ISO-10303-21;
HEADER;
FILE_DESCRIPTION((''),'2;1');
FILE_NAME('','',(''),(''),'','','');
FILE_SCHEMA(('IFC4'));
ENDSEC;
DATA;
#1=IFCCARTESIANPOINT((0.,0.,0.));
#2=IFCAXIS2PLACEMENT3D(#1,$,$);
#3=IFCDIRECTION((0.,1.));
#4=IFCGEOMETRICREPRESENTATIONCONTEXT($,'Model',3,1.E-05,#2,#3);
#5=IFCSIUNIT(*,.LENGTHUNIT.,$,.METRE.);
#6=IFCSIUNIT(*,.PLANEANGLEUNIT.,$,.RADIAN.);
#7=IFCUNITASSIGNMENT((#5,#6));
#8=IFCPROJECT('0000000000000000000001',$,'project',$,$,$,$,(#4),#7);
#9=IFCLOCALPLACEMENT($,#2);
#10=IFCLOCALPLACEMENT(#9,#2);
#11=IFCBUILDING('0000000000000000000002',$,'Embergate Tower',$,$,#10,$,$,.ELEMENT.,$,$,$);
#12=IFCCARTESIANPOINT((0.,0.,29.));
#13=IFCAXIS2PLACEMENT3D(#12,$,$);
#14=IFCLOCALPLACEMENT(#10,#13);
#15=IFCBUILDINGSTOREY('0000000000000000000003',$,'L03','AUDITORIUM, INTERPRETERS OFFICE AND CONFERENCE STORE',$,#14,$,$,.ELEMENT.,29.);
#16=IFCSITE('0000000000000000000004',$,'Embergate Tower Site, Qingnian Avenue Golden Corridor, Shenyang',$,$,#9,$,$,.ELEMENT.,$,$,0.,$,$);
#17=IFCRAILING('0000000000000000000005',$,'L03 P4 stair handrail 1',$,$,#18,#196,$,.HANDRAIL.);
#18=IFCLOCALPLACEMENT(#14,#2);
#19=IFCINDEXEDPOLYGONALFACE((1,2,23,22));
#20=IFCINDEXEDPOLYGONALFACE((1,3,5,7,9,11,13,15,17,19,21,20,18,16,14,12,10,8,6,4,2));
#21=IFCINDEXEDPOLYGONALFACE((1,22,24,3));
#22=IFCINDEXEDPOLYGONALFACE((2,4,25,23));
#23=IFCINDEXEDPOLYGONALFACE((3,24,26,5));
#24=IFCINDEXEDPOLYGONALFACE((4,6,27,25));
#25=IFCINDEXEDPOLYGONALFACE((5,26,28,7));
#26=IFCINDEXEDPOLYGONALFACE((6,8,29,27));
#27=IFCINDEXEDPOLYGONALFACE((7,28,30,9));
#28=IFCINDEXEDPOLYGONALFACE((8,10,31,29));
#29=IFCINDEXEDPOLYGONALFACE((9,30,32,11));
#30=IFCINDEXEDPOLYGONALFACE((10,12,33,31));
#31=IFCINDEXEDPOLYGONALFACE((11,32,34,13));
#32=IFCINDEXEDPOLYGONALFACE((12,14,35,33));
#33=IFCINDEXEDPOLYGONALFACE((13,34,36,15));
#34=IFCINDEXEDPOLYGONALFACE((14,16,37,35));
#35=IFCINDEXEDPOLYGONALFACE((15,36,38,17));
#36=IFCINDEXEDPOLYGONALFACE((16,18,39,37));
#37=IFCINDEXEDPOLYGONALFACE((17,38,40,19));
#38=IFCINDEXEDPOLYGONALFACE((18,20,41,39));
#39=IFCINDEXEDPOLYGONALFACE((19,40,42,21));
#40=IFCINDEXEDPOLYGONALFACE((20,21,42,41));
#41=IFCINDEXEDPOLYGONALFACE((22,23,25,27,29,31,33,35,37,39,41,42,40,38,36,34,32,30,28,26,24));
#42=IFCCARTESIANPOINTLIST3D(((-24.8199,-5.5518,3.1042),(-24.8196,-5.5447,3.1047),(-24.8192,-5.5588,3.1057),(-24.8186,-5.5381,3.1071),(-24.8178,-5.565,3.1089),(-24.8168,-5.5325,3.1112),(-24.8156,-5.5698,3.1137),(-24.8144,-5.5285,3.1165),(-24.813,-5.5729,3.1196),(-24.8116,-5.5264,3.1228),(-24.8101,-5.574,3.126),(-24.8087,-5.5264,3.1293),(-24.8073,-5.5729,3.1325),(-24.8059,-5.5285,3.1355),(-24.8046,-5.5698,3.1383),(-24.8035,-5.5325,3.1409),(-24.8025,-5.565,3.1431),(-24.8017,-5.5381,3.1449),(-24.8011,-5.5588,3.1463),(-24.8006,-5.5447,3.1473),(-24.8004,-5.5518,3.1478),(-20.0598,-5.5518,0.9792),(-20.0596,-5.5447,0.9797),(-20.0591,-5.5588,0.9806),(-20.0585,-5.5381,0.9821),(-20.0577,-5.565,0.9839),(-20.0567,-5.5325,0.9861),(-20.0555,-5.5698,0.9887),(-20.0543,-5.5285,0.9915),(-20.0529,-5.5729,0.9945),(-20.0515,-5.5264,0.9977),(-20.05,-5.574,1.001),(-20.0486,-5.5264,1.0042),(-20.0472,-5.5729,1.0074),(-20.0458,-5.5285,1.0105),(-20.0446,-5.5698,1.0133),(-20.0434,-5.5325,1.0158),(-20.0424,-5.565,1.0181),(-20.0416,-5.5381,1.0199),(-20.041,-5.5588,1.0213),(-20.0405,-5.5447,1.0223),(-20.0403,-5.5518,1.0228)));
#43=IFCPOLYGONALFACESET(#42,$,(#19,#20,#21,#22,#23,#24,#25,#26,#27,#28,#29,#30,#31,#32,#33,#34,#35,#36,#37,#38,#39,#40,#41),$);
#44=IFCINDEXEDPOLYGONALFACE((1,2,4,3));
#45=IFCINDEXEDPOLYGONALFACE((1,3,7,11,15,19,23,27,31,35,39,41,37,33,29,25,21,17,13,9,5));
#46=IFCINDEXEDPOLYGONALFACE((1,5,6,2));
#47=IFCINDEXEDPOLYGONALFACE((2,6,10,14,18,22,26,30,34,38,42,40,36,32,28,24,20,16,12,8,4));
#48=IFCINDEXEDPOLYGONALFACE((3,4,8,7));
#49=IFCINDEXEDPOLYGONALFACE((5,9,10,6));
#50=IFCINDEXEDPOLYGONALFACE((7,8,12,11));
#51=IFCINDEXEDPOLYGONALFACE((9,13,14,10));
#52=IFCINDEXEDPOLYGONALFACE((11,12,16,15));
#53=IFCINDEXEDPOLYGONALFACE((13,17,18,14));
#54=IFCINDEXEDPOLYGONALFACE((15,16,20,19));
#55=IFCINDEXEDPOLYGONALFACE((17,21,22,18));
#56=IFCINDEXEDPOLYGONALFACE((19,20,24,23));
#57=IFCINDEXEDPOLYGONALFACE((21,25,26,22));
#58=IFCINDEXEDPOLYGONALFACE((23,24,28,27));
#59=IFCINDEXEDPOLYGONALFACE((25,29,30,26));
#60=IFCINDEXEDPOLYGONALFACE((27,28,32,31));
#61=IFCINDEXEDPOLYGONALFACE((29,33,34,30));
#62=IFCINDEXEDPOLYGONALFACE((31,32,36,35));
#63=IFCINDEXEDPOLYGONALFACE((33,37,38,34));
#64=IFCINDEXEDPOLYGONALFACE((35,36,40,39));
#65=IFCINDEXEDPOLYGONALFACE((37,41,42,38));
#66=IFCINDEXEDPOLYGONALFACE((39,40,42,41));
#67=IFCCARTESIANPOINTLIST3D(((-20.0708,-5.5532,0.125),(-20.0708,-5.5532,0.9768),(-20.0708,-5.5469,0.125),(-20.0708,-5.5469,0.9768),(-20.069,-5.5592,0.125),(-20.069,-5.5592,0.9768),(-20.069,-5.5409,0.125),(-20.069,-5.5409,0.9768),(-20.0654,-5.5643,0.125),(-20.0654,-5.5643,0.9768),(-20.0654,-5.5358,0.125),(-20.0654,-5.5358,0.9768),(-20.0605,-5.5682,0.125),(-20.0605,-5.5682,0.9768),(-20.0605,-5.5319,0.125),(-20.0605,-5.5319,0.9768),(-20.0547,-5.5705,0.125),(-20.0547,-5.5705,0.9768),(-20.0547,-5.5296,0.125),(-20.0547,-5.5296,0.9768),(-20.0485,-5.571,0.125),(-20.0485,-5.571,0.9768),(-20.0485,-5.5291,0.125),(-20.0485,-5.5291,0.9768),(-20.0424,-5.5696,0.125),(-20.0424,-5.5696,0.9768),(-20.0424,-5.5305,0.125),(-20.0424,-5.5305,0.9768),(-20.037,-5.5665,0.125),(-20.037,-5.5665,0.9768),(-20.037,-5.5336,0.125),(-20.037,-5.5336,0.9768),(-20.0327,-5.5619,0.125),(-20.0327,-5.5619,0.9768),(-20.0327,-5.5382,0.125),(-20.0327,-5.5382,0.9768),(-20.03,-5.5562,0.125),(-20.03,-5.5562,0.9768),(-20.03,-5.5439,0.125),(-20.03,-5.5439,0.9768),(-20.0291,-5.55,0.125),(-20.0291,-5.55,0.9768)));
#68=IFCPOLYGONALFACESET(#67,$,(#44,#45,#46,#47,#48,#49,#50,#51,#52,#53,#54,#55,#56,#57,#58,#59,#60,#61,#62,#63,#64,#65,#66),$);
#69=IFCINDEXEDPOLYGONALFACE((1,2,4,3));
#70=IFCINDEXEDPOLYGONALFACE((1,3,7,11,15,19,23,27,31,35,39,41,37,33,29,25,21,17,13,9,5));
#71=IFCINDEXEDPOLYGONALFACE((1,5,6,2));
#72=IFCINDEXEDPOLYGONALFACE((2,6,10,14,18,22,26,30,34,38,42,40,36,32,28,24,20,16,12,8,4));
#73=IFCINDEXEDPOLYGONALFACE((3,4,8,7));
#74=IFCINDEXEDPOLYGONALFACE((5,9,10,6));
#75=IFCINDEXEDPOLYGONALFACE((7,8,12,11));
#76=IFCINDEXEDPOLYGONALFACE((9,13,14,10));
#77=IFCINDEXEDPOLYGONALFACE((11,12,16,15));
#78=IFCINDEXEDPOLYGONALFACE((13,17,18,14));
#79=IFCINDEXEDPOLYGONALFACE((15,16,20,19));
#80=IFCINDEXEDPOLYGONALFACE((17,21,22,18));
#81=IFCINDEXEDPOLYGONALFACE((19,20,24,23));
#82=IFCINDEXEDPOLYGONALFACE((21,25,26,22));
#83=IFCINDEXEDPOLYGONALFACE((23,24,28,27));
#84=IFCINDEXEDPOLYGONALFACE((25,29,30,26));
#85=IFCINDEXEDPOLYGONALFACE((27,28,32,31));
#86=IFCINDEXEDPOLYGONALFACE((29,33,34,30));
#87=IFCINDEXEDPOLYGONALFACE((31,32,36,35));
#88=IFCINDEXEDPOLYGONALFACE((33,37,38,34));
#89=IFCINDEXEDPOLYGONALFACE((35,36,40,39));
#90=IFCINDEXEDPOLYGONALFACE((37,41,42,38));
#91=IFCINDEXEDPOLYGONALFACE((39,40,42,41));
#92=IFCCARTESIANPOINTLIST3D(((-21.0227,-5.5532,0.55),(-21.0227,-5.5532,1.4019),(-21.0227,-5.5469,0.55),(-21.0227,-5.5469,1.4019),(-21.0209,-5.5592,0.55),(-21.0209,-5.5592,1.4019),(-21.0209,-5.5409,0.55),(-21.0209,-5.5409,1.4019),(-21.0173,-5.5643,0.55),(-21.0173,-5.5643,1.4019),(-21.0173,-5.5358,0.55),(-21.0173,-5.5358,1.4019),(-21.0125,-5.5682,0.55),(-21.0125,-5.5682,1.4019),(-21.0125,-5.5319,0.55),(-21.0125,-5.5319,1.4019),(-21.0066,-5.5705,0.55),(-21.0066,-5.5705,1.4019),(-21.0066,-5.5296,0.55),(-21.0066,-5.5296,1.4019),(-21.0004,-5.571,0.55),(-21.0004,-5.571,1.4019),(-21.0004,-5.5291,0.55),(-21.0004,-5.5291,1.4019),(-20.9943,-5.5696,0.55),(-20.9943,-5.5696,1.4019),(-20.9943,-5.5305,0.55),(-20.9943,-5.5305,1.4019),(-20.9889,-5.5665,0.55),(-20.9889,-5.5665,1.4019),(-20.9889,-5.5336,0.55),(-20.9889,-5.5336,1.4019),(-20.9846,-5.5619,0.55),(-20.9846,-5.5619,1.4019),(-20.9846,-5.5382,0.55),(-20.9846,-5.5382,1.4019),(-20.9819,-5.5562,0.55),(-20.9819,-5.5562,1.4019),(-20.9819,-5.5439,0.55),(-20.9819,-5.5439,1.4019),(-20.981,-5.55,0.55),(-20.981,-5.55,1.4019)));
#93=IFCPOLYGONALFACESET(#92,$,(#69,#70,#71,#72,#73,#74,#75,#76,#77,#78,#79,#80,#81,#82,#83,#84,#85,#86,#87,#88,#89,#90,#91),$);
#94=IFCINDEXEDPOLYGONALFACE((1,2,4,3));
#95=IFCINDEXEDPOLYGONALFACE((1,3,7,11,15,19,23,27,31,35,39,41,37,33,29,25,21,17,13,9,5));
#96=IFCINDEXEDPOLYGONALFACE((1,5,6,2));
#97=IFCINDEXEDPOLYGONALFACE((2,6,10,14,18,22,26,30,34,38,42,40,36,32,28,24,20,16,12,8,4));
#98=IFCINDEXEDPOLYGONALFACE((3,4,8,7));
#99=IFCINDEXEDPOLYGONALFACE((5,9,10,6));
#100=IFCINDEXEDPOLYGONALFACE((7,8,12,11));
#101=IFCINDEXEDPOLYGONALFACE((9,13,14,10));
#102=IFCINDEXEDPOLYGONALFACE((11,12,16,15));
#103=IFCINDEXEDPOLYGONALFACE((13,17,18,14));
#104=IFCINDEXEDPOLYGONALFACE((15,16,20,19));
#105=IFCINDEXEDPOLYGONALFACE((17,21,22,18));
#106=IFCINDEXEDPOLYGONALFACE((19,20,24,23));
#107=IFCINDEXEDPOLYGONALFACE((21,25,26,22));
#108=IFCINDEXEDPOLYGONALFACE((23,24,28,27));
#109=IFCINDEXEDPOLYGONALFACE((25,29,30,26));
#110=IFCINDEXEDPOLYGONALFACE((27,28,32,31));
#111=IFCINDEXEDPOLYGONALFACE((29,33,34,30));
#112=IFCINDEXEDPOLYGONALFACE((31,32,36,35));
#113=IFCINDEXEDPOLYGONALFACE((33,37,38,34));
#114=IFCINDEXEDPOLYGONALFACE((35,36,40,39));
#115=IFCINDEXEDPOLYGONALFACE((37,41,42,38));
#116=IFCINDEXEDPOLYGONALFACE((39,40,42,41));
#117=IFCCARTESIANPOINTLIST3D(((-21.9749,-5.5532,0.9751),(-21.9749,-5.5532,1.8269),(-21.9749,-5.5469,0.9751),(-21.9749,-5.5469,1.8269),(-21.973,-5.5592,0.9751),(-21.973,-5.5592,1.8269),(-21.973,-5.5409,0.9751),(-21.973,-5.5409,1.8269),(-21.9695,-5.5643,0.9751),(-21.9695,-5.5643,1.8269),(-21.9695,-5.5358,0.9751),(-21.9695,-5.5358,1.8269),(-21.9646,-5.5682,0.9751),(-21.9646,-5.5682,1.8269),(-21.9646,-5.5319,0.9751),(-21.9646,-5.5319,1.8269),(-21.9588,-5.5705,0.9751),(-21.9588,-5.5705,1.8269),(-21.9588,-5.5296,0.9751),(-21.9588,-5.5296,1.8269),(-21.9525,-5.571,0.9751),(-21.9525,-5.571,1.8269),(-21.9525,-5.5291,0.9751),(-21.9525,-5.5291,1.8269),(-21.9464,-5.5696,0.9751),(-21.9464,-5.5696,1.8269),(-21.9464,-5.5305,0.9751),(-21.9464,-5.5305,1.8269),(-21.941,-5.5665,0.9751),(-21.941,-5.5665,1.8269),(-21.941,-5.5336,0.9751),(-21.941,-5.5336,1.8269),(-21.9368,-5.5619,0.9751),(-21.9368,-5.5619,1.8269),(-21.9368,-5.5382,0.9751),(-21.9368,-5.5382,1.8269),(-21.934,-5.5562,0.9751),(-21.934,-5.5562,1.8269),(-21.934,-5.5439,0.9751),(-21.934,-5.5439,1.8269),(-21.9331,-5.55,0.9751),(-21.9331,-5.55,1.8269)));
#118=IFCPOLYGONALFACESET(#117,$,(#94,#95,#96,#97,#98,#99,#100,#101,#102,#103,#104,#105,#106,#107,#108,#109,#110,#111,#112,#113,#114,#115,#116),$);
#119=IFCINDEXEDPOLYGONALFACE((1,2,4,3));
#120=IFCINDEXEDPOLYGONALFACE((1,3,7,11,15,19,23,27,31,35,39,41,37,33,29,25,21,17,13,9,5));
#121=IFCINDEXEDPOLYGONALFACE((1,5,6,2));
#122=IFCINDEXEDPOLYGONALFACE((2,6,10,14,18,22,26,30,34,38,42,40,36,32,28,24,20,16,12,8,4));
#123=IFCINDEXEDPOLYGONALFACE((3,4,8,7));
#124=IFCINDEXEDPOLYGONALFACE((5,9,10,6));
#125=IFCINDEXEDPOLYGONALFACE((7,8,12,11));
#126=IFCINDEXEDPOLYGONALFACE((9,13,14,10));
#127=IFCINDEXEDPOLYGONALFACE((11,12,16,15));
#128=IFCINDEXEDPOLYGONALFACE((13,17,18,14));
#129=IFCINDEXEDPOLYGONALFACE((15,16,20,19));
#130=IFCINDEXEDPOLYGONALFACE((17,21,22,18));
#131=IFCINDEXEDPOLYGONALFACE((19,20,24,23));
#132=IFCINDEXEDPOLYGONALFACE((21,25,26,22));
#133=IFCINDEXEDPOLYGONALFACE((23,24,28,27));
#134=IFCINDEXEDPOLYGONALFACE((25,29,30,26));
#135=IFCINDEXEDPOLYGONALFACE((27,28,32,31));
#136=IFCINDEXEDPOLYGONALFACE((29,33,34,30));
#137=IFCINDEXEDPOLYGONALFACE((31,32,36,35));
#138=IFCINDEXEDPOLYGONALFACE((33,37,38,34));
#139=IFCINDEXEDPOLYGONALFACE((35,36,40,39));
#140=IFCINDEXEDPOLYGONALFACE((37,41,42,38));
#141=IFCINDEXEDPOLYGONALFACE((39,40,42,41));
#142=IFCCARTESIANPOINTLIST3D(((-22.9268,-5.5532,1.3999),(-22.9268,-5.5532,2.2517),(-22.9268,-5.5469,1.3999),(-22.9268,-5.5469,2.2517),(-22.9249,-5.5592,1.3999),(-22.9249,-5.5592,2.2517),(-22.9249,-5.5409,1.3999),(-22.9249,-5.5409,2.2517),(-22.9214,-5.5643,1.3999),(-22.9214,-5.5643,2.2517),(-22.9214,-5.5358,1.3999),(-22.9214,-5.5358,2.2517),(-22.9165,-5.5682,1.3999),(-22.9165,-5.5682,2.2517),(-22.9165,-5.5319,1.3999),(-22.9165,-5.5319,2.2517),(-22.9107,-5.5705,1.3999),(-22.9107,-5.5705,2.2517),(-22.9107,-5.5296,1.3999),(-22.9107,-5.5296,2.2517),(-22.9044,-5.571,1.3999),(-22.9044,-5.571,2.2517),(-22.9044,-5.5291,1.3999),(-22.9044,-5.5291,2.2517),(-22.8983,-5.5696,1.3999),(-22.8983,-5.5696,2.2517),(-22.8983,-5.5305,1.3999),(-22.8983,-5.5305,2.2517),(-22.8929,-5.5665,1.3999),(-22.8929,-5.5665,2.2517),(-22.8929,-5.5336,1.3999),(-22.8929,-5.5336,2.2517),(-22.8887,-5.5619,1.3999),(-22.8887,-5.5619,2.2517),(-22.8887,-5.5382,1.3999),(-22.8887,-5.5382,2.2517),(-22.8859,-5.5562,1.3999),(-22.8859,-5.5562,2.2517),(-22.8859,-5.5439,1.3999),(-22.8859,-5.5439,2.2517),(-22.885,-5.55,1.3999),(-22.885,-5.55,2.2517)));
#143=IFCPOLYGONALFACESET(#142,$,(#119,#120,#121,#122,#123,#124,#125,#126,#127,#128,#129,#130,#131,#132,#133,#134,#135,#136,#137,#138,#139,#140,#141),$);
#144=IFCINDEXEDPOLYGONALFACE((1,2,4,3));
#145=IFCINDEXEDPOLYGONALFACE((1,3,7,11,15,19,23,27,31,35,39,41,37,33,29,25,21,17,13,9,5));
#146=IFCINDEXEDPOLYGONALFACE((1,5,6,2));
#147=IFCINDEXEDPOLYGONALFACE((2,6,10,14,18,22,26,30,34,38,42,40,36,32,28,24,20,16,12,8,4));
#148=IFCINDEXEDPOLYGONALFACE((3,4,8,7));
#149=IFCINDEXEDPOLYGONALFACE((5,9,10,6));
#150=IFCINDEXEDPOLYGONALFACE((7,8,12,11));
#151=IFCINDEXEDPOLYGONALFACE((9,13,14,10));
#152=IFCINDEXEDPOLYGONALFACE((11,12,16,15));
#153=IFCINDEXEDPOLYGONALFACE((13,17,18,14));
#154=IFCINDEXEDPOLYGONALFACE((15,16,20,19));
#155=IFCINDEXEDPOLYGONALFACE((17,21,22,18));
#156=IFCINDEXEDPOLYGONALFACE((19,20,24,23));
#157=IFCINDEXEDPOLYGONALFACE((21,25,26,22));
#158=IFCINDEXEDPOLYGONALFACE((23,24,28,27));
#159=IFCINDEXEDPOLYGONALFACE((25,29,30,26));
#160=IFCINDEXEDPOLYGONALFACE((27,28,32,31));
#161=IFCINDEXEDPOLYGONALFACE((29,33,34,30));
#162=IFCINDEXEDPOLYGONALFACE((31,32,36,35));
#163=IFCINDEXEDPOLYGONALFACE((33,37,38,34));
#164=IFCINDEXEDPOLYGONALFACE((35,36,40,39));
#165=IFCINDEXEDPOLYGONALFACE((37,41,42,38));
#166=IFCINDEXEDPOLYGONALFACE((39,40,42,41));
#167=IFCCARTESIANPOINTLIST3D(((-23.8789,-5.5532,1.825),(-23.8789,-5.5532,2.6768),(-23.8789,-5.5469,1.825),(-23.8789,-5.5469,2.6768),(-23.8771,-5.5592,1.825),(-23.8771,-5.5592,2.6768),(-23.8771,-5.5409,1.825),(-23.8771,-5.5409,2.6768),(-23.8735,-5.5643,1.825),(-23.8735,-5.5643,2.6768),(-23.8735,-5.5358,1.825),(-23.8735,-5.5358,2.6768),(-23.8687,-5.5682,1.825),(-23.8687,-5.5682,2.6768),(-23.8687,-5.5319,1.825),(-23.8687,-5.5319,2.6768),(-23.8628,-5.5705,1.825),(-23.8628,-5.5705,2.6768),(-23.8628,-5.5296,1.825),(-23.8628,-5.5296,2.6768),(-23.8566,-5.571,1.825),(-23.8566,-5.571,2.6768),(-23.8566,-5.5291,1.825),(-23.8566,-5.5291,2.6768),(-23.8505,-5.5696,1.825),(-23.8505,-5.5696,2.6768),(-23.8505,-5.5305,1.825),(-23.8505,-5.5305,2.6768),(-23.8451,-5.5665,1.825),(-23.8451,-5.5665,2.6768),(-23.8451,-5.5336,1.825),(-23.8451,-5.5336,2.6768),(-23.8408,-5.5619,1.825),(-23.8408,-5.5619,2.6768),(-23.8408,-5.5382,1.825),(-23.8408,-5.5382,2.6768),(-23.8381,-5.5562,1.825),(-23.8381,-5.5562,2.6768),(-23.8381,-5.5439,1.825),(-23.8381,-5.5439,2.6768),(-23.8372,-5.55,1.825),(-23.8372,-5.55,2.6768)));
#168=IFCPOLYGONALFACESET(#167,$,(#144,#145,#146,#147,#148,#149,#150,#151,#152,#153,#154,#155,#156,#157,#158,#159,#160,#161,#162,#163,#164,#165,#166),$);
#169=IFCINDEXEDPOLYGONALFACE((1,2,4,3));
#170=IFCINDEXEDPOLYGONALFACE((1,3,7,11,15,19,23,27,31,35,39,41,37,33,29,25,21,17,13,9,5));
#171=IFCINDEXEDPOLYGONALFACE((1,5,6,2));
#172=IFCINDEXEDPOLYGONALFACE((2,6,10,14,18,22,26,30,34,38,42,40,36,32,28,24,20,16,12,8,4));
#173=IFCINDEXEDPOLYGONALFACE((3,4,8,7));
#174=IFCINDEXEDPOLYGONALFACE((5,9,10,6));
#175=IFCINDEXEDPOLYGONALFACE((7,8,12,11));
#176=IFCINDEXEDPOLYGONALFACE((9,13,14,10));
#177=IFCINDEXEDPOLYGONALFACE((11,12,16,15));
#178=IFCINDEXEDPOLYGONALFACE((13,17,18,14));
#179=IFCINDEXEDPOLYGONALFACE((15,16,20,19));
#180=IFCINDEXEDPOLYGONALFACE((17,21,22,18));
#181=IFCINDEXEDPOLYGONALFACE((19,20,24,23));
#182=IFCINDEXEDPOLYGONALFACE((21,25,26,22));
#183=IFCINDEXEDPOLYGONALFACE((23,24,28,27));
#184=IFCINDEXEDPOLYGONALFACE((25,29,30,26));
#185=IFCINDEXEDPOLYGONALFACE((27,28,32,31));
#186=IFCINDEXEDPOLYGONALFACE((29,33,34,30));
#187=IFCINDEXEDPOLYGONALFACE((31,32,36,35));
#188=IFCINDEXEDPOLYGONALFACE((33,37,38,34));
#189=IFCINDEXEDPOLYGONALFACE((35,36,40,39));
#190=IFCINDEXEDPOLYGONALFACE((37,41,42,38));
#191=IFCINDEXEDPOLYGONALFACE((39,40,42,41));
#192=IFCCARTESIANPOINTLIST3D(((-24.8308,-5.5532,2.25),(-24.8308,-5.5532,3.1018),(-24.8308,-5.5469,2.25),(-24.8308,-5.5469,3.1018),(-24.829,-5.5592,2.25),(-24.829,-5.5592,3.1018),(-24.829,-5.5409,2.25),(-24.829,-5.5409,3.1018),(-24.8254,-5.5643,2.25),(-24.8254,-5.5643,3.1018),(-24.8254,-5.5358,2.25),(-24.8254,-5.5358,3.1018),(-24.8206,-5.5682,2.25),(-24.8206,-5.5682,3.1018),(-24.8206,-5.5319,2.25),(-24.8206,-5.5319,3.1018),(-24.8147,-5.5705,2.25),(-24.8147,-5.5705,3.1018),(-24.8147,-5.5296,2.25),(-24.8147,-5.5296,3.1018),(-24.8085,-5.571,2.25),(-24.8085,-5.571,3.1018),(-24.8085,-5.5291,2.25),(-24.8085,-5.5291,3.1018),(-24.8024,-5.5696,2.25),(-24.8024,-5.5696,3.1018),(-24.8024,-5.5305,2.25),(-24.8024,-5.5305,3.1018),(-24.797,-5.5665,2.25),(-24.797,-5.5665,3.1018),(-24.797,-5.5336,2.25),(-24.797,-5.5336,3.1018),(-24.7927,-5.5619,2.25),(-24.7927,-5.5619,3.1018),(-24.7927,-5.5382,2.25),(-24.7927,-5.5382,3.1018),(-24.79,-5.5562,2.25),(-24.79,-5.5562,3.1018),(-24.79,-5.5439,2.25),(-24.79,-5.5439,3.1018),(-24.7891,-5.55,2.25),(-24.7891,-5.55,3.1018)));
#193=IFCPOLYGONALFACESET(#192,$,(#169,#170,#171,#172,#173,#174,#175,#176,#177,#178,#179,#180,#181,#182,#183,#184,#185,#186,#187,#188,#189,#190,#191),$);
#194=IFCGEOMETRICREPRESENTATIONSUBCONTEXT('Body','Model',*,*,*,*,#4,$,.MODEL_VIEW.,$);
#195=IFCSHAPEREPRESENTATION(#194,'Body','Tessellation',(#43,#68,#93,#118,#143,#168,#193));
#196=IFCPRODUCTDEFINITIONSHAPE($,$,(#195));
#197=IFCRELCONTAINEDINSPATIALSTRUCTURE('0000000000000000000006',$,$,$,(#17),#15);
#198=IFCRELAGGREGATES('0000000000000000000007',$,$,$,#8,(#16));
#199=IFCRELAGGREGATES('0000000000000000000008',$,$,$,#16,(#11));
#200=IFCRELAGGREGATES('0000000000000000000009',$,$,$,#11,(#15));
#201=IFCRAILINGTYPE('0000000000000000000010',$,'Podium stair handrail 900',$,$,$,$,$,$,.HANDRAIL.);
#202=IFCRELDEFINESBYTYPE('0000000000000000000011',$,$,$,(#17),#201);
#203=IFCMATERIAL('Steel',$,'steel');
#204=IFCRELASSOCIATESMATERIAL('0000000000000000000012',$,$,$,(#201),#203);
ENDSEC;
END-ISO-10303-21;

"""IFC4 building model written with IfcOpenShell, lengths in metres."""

from ifc_helpers import new_model, si_unit, direction, frame, origin, origin_2d, place, context, subcontext, project, spatial, circle, extrude, source, transform, mapped, material, type_object, element, save


model = new_model("IFC4")

# Units and contexts
model_context = context("Model", 3, precision=1e-05, world=origin(), true_north=direction((0.0, 1.0)))
body_context = subcontext(model_context, "Body", "Model", "MODEL_VIEW")
ifc_project = project(units=[si_unit("LENGTHUNIT", "METRE"), si_unit("PLANEANGLEUNIT", "RADIAN")], contexts=[model_context])

# Site, building, storey
site_placement = place(None, origin())
site = spatial("IfcSite", under=ifc_project, at=site_placement, Name="Embergate Tower Site, Qingnian Avenue Golden Corridor, Shenyang", CompositionType="ELEMENT", RefElevation=0.0)
building_placement = place(site_placement, origin())
building = spatial("IfcBuilding", under=site, at=building_placement, Name="Embergate Tower", CompositionType="ELEMENT")
storey_placement = place(building_placement, frame((0.0, 0.0, 29.0)))
storey = spatial("IfcBuildingStorey", under=building, at=storey_placement, Name="L03", Description="AUDITORIUM, INTERPRETERS OFFICE AND CONFERENCE STORE", CompositionType="ELEMENT", Elevation=29.0)

# Railing
ifc_material_1 = material(Name="Steel", Category="steel")
railing_type_1 = type_object("IfcRailingType", Name="Podium stair handrail 900", PredefinedType="HANDRAIL", material=ifc_material_1)
shared_shape_1 = source(origin(), body_context, "Body", "SweptSolid", [
    extrude(circle(Radius=0.0239, at=origin_2d()), frame((0.0, 0.0, 0.876), z_axis=(-0.913138, 0.0, 0.40765), x_axis=(0.0, -1.0, 0.0)), (0.0, 0.0, 1.0), 5.2129),
    extrude(circle(Radius=0.021, at=origin_2d()), origin(), (0.0, 0.0, 1.0), 0.8518),
    extrude(circle(Radius=0.021, at=origin_2d()), frame((-0.9519, 0.0, 0.425)), (0.0, 0.0, 1.0), 0.8518),
    extrude(circle(Radius=0.021, at=origin_2d()), frame((-1.9041, 0.0, 0.8501)), (0.0, 0.0, 1.0), 0.8518),
    extrude(circle(Radius=0.021, at=origin_2d()), frame((-2.856, 0.0, 1.2749)), (0.0, 0.0, 1.0), 0.8518),
    extrude(circle(Radius=0.021, at=origin_2d()), frame((-3.8081, 0.0, 1.7)), (0.0, 0.0, 1.0), 0.8518),
    extrude(circle(Radius=0.021, at=origin_2d()), frame((-4.76, 0.0, 2.125)), (0.0, 0.0, 1.0), 0.8518),
])
railing_1_placement = place(storey_placement, frame((-20.05, -5.55, 0.125)))
element("IfcRailing", 1, at=railing_1_placement, inside=storey, type_object=railing_type_1, Name="L03 P4 stair handrail 1", PredefinedType="HANDRAIL", context=body_context, shape_type="MappedRepresentation", body=[
    mapped(shared_shape_1, transform((0.0, 0.0, 0.0))),
])

save(model, "model.ifc")
